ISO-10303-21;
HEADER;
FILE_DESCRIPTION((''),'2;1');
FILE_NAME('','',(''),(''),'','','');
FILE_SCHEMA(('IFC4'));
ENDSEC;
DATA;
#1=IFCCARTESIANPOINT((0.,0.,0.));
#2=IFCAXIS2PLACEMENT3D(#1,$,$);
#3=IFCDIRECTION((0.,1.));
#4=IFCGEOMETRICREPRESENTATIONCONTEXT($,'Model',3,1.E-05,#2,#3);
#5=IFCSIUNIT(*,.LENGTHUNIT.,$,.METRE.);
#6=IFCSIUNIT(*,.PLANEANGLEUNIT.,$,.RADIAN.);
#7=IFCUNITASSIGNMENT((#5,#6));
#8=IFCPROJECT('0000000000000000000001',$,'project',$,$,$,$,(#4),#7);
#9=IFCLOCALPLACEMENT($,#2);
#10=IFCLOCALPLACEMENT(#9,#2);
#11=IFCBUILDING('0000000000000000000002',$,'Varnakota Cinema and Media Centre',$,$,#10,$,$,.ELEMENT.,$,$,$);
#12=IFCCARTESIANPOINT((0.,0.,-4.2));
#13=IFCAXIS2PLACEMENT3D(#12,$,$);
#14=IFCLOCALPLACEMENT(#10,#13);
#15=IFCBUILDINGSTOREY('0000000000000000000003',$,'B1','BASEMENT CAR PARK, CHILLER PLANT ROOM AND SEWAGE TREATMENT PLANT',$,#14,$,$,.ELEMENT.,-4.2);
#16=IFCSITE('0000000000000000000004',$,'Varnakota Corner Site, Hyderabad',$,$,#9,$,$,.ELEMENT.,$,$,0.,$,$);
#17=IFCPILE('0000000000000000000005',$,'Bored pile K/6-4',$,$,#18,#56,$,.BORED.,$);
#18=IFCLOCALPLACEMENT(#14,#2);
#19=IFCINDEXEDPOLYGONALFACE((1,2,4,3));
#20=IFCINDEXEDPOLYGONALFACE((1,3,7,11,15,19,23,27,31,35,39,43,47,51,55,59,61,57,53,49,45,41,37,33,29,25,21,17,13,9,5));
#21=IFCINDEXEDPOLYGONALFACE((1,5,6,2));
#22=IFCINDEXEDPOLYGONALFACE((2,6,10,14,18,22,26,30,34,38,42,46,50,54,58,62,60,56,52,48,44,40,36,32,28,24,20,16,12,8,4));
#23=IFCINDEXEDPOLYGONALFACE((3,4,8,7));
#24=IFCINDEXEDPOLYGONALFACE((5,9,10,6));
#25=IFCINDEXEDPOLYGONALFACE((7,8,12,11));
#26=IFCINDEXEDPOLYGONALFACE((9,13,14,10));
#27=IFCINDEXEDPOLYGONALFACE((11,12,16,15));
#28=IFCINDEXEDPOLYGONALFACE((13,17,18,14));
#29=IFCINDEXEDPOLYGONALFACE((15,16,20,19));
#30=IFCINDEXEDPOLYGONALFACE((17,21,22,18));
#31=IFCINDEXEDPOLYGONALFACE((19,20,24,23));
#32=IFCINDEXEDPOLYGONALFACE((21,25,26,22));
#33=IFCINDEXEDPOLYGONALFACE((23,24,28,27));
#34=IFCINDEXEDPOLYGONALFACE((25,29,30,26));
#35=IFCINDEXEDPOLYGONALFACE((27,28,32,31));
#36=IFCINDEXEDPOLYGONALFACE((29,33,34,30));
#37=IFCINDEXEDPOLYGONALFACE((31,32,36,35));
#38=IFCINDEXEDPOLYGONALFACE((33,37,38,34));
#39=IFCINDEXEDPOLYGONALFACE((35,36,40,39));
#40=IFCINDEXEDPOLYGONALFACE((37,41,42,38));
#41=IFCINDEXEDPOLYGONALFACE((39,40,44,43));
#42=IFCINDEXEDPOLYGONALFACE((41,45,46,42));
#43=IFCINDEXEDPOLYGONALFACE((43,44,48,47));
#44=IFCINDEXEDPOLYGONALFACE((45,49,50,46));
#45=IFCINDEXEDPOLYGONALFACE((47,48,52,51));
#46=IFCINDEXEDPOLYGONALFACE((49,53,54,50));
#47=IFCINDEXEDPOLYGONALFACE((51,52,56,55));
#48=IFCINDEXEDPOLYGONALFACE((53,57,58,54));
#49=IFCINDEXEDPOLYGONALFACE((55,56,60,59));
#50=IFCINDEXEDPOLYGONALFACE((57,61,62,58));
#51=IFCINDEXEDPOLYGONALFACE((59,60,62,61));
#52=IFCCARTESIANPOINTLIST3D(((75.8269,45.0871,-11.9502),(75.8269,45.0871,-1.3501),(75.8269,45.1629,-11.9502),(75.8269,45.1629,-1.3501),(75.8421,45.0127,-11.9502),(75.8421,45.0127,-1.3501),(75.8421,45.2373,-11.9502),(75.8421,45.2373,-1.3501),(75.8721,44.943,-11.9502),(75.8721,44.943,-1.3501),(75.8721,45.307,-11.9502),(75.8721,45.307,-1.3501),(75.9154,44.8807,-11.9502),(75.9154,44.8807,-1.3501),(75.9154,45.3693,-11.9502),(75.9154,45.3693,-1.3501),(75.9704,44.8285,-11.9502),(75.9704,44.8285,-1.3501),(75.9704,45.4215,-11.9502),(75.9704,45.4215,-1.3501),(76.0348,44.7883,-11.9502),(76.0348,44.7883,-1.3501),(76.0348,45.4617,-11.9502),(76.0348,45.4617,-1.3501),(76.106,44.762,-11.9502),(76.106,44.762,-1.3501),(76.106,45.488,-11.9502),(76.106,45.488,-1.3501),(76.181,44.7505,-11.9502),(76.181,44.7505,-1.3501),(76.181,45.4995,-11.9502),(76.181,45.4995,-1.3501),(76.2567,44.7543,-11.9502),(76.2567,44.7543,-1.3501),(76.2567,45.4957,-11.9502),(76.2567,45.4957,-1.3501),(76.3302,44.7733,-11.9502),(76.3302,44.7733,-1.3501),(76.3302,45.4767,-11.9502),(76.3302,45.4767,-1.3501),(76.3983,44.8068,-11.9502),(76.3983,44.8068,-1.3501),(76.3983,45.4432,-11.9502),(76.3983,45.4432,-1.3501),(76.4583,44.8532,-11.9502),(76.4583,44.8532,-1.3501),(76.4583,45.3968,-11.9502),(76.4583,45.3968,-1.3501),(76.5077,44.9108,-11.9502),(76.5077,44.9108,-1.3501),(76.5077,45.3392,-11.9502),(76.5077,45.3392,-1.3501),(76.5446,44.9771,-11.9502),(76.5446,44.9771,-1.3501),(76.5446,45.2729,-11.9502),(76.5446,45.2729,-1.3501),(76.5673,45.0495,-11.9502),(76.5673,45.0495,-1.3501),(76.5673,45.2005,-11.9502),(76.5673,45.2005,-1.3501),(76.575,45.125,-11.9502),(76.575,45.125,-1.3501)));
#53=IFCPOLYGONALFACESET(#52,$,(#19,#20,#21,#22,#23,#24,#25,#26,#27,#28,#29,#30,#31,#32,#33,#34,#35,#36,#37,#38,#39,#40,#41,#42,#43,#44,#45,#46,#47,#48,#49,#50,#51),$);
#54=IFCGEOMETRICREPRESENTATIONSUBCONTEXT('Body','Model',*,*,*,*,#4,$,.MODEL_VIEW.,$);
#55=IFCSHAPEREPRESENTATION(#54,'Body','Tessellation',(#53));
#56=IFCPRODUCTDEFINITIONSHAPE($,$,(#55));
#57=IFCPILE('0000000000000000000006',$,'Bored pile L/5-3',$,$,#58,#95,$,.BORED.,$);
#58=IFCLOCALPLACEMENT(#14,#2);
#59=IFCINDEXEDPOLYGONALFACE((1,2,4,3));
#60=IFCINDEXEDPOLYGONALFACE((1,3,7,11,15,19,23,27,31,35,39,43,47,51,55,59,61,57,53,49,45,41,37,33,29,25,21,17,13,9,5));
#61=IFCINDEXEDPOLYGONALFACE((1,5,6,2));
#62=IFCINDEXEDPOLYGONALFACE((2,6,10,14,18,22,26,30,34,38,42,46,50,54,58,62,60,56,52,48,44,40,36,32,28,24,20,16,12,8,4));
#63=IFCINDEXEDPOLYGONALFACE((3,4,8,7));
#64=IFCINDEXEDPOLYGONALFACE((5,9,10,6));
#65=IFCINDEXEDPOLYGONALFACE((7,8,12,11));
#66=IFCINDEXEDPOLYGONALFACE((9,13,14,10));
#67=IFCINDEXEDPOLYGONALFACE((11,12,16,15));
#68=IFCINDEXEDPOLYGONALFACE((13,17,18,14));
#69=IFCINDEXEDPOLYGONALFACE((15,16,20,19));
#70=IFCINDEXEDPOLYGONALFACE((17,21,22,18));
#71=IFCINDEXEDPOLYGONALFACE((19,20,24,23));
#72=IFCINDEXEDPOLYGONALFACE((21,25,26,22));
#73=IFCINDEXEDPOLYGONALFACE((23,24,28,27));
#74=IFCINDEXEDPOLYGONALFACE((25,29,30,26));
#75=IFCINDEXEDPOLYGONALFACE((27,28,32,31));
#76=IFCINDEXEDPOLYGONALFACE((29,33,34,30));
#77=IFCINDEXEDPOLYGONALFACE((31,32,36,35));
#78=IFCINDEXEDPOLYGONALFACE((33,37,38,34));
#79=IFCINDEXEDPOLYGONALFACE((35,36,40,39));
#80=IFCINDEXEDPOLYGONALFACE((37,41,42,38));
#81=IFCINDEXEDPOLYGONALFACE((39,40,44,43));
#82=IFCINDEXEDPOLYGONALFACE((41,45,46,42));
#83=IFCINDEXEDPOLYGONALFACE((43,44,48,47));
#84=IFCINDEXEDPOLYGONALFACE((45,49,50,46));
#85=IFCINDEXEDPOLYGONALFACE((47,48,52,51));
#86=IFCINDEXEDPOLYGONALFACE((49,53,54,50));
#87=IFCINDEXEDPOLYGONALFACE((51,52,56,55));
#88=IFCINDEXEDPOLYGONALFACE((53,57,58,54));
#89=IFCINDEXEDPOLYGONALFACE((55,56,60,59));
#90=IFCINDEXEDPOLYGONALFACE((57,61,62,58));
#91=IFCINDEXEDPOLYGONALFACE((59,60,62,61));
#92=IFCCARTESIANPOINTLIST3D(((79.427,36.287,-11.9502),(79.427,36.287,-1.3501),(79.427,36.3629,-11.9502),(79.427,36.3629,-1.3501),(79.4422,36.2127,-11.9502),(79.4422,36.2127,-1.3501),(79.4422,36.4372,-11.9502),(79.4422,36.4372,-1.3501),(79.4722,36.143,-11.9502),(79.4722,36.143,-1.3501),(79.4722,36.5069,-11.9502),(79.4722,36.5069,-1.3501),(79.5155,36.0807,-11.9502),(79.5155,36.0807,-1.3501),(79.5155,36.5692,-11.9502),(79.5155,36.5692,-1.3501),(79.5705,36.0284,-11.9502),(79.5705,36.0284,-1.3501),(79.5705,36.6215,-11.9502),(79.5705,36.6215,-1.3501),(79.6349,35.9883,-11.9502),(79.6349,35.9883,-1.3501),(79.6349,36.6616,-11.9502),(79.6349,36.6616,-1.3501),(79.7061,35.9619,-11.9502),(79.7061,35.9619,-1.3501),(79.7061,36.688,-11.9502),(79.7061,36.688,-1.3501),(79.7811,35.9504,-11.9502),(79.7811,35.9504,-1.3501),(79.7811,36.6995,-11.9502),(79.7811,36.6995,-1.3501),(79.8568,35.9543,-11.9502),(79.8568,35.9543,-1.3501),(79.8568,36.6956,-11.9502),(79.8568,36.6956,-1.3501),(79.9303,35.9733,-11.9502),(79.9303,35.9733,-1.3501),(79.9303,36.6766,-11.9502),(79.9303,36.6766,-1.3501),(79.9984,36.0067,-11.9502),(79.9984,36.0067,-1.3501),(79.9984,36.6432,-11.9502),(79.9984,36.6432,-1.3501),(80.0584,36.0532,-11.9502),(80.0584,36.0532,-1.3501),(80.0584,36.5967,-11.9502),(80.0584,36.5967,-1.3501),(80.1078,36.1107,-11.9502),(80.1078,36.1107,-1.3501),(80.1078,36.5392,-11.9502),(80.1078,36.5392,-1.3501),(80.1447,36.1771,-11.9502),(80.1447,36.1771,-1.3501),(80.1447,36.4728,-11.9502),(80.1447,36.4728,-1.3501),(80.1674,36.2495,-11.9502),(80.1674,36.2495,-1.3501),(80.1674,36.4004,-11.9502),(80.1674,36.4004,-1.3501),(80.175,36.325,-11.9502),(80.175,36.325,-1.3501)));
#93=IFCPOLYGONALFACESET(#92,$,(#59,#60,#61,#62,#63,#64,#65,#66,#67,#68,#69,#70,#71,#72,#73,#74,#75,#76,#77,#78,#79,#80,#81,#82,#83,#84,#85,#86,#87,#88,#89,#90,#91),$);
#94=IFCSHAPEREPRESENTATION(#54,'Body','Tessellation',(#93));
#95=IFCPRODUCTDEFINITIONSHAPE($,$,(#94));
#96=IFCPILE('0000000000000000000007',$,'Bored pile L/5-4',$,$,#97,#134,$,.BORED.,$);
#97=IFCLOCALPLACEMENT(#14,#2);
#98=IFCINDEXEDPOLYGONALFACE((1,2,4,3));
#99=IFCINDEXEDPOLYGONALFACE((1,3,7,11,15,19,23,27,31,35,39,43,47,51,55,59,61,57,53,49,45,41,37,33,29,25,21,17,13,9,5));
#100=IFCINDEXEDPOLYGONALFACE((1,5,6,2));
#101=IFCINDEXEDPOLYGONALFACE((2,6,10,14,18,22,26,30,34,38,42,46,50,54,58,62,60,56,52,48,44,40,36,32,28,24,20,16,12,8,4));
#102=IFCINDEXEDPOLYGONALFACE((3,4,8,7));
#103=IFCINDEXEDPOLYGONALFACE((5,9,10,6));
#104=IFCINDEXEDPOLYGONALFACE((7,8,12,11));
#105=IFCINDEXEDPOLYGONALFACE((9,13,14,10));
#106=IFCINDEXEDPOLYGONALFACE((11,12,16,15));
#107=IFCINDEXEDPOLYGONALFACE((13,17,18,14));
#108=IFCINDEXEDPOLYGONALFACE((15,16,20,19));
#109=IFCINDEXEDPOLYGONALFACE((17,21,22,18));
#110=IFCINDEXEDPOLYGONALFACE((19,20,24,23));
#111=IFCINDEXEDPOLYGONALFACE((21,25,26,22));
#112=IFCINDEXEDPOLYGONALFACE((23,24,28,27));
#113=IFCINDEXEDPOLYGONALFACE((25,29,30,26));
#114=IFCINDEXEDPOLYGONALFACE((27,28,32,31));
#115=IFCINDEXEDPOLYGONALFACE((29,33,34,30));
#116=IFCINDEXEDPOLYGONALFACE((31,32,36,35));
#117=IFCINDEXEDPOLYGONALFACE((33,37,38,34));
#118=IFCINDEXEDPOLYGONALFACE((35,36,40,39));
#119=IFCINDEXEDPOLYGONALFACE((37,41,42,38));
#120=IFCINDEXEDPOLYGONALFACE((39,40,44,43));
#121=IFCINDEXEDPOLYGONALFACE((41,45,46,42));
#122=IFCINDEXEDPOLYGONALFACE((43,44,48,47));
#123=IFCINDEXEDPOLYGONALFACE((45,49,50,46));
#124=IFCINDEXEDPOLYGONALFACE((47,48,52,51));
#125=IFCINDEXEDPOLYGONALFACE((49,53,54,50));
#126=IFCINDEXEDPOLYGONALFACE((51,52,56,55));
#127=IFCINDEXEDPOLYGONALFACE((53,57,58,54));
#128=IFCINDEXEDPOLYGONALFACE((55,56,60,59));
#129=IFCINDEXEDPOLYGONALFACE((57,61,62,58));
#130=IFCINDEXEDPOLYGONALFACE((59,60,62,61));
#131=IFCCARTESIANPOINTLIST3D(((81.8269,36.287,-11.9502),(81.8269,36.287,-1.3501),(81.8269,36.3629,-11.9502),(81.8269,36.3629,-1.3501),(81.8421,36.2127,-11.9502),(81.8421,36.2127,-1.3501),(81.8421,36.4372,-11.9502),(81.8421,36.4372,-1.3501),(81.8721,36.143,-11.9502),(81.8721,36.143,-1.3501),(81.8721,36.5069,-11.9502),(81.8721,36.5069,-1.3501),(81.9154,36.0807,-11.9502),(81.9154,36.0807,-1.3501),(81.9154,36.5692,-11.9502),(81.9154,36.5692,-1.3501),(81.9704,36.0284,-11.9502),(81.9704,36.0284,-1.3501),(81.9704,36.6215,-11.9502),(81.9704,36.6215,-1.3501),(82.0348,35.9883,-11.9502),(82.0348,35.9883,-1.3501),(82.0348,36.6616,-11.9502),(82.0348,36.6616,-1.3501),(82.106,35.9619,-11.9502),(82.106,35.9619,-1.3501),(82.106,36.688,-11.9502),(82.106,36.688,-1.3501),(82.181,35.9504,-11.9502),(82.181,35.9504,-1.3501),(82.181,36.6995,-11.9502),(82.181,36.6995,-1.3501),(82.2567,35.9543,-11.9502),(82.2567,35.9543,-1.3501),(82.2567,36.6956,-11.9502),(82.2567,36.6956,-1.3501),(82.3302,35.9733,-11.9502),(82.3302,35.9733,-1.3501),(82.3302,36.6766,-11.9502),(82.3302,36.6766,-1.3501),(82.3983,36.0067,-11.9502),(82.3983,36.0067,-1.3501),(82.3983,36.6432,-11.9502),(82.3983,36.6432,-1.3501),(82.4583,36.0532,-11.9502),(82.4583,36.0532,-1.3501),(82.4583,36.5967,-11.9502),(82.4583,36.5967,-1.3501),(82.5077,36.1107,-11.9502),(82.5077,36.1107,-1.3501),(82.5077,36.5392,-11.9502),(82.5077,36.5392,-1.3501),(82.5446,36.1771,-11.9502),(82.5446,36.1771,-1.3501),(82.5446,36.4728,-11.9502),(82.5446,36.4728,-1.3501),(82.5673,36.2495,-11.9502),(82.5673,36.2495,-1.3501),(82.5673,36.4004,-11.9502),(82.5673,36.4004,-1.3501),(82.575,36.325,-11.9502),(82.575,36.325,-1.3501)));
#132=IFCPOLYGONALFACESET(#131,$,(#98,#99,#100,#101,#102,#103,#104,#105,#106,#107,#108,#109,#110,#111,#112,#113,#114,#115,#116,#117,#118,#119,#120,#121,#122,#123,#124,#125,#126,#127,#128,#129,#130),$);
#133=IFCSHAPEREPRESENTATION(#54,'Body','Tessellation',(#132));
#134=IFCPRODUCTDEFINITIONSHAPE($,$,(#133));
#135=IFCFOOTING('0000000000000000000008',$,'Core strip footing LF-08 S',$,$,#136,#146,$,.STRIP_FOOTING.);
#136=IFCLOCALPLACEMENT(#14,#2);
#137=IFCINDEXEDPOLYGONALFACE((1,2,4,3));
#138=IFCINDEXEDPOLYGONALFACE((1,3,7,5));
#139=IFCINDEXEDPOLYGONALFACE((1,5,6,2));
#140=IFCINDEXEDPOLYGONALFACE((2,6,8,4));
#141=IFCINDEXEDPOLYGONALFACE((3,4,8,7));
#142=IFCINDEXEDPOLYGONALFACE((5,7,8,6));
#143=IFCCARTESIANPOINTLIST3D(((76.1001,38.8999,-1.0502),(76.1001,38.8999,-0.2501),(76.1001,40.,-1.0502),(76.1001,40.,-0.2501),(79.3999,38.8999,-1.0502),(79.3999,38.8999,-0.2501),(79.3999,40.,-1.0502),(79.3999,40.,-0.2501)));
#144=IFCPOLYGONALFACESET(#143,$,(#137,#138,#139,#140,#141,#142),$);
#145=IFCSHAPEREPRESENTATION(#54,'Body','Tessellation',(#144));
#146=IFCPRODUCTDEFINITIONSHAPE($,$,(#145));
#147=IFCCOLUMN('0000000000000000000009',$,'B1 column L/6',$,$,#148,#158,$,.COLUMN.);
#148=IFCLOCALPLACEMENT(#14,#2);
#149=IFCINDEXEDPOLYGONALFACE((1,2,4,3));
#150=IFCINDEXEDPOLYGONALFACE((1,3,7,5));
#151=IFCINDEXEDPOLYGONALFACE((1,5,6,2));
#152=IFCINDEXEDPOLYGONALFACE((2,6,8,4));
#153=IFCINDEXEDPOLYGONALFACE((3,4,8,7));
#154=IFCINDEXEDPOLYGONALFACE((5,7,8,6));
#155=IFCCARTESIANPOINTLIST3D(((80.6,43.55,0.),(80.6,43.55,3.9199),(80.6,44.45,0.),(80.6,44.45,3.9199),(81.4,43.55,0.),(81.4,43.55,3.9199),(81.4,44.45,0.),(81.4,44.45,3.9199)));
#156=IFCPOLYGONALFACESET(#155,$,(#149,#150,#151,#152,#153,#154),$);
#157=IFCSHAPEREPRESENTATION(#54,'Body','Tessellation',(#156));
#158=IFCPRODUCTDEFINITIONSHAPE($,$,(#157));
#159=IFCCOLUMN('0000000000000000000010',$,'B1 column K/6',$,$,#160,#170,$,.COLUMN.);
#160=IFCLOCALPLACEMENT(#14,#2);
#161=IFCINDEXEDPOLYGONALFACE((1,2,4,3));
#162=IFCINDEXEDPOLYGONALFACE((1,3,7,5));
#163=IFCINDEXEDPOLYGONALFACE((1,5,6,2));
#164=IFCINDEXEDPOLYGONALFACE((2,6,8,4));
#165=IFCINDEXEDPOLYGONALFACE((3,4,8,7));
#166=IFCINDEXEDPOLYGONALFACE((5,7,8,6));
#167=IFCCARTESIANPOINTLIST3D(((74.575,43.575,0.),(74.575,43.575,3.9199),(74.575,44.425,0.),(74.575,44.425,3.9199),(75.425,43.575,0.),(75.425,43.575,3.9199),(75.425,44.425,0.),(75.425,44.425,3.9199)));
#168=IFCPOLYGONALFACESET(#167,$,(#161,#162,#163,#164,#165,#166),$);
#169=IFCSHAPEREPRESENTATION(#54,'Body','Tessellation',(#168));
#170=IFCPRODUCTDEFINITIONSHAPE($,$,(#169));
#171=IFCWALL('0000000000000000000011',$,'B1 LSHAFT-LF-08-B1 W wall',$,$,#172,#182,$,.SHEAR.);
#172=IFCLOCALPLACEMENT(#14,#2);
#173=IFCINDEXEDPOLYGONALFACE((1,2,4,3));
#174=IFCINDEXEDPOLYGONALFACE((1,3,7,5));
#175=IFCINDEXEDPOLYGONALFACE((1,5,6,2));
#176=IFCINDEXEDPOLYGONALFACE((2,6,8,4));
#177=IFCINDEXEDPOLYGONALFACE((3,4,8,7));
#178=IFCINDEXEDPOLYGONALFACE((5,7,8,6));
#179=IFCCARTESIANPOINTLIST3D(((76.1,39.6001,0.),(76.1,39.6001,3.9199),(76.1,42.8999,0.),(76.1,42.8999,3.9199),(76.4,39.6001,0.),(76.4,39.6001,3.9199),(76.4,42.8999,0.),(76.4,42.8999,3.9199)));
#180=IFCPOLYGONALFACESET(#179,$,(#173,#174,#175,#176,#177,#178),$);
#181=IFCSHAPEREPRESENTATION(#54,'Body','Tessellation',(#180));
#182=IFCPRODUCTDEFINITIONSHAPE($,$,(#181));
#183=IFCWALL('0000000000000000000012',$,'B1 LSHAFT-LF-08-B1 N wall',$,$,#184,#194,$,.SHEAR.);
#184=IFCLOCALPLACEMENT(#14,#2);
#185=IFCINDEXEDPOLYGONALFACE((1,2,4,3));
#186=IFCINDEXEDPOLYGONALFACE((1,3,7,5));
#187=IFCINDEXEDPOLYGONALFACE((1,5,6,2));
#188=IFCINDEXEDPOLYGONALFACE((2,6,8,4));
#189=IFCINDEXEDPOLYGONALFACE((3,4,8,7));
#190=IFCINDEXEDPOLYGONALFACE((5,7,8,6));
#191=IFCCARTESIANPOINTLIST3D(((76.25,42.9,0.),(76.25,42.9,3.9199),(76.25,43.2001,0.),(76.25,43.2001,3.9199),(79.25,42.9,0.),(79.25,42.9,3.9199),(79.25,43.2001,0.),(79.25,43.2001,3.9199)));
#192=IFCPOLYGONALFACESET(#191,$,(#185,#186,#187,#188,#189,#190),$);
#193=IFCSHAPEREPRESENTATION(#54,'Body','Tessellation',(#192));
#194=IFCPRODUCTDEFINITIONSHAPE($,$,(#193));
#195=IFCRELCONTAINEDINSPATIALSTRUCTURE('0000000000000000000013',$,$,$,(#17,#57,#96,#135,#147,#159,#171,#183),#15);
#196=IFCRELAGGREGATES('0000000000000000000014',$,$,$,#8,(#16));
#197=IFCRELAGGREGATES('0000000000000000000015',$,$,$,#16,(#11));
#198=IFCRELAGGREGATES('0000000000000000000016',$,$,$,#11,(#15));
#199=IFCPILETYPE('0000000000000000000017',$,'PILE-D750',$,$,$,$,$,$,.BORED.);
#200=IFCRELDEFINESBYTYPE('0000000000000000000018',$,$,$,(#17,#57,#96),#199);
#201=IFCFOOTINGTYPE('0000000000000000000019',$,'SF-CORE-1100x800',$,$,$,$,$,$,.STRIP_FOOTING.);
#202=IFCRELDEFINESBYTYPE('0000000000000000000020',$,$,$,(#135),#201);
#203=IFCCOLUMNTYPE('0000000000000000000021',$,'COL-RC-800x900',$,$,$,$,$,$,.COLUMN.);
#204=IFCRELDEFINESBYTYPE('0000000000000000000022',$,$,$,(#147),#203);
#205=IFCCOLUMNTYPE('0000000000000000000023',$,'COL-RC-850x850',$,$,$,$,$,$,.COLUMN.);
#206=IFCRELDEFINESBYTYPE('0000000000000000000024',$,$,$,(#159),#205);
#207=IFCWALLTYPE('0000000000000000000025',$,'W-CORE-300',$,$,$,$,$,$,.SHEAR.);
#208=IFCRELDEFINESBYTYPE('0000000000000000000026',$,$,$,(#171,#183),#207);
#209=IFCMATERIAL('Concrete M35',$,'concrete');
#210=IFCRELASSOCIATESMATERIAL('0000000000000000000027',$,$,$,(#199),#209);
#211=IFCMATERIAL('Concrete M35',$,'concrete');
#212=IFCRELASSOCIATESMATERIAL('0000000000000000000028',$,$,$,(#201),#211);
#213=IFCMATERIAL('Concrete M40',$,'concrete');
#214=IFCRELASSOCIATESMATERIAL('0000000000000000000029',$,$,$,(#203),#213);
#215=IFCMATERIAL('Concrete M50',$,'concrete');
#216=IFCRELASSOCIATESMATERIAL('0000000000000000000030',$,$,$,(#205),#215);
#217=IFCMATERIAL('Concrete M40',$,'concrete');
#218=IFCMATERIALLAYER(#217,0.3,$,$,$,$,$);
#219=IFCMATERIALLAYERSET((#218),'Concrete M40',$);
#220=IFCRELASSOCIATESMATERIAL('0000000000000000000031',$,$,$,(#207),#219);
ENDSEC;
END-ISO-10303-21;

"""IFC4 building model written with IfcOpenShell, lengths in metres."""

from ifc_helpers import new_model, si_unit, direction, frame, frame_2d, origin, origin_2d, place, context, subcontext, project, spatial, rectangle, circle, extrude, material, layer, layer_set, material_profile, profile_set, type_object, element, save


model = new_model("IFC4")

# Units and contexts
model_context = context("Model", 3, precision=1e-05, world=origin(), true_north=direction((0.0, 1.0)))
body_context = subcontext(model_context, "Body", "Model", "MODEL_VIEW")
ifc_project = project(units=[si_unit("LENGTHUNIT", "METRE"), si_unit("PLANEANGLEUNIT", "RADIAN")], contexts=[model_context])

# Site, building, storey
site_placement = place(None, origin())
site = spatial("IfcSite", under=ifc_project, at=site_placement, Name="Varnakota Corner Site, Hyderabad", CompositionType="ELEMENT", RefElevation=0.0)
building_placement = place(site_placement, origin())
building = spatial("IfcBuilding", under=site, at=building_placement, Name="Varnakota Cinema and Media Centre", CompositionType="ELEMENT")
storey_placement = place(building_placement, frame((0.0, 0.0, -4.2)))
storey = spatial("IfcBuildingStorey", under=building, at=storey_placement, Name="B1", Description="BASEMENT CAR PARK, CHILLER PLANT ROOM AND SEWAGE TREATMENT PLANT", CompositionType="ELEMENT", Elevation=-4.2)

# Piles
ifc_material_1 = material(Name="Concrete M35", Category="concrete")
ifc_material_profile_1 = material_profile(ifc_material_1, circle(Radius=0.375, at=origin_2d()), Name="PILE D750")
ifc_profile_set_1 = profile_set([ifc_material_profile_1], Name="Concrete M35")
pile_type_1 = type_object("IfcPileType", Name="PILE-D750", PredefinedType="BORED", material=ifc_profile_set_1)
for number, where, z_axis, x_axis, name in (
    (1, (76.2, 45.125, -1.3501), (0.0, 0.0, -1.0), (1.0, 0.0, 0.0), "Bored pile K/6-4"),
    (2, (79.8, 36.325, -1.3501), (0.0, 0.0, -1.0), (1.0, 0.0, 0.0), "Bored pile L/5-3"),
    (3, (82.2, 36.325, -1.3501), (0.0, 0.0, -1.0), (1.0, 0.0, 0.0), "Bored pile L/5-4"),
):
    element("IfcPile", number, at=place(storey_placement, frame(where, z_axis=z_axis, x_axis=x_axis)), inside=storey, type_object=pile_type_1, Name=name, PredefinedType="BORED", context=body_context, shape_type="SweptSolid", body=[
        extrude(circle(Radius=0.375, at=origin_2d()), origin(), (0.0, 0.0, 1.0), 10.6001),
    ])

# Footing
ifc_material_2 = material(Name="Concrete M35", Category="concrete")
ifc_material_profile_2 = material_profile(ifc_material_2, rectangle(XDim=1.1001, YDim=0.8, at=origin_2d()), Name="SF 1100x800")
ifc_profile_set_2 = profile_set([ifc_material_profile_2], Name="Concrete M35")
footing_type_1 = type_object("IfcFootingType", Name="SF-CORE-1100x800", PredefinedType="STRIP_FOOTING", material=ifc_profile_set_2)
footing_1_placement = place(storey_placement, frame((76.1001, 39.45, -0.6501), z_axis=(1.0, 0.0, 0.0), x_axis=(0.0, 1.0, 0.0)))
element("IfcFooting", 4, at=footing_1_placement, inside=storey, type_object=footing_type_1, Name="Core strip footing LF-08 S", PredefinedType="STRIP_FOOTING", context=body_context, shape_type="SweptSolid", body=[
    extrude(rectangle(XDim=1.1001, YDim=0.8, at=origin_2d()), origin(), (0.0, 0.0, 1.0), 3.2998),
])

# Columns
ifc_material_3 = material(Name="Concrete M40", Category="concrete")
ifc_material_profile_3 = material_profile(ifc_material_3, rectangle(XDim=0.8, YDim=0.8999, at=origin_2d()), Name="RC 800x900")
ifc_profile_set_3 = profile_set([ifc_material_profile_3], Name="Concrete M40")
column_type_1 = type_object("IfcColumnType", Name="COL-RC-800x900", PredefinedType="COLUMN", material=ifc_profile_set_3)
column_1_placement = place(storey_placement, frame((81.0, 44.0, 0.0), z_axis=(0.0, 0.0, 1.0), x_axis=(1.0, 0.0, 0.0)))
element("IfcColumn", 5, at=column_1_placement, inside=storey, type_object=column_type_1, Name="B1 column L/6", PredefinedType="COLUMN", context=body_context, shape_type="SweptSolid", body=[
    extrude(rectangle(XDim=0.8, YDim=0.8999, at=origin_2d()), origin(), (0.0, 0.0, 1.0), 3.9199),
])
ifc_material_4 = material(Name="Concrete M50", Category="concrete")
ifc_material_profile_4 = material_profile(ifc_material_4, rectangle(XDim=0.8501, YDim=0.8501, at=origin_2d()), Name="RC 850x850")
ifc_profile_set_4 = profile_set([ifc_material_profile_4], Name="Concrete M50")
column_type_2 = type_object("IfcColumnType", Name="COL-RC-850x850", PredefinedType="COLUMN", material=ifc_profile_set_4)
column_2_placement = place(storey_placement, frame((75.0, 44.0, 0.0), z_axis=(0.0, 0.0, 1.0), x_axis=(1.0, 0.0, 0.0)))
element("IfcColumn", 6, at=column_2_placement, inside=storey, type_object=column_type_2, Name="B1 column K/6", PredefinedType="COLUMN", context=body_context, shape_type="SweptSolid", body=[
    extrude(rectangle(XDim=0.8501, YDim=0.8501, at=origin_2d()), origin(), (0.0, 0.0, 1.0), 3.9199),
])

# Shared definitions
ifc_material_5 = material(Name="Concrete M40", Category="concrete")
ifc_layer_1 = layer(ifc_material_5, 0.3)
ifc_layer_set_1 = layer_set([ifc_layer_1], Name="Concrete M40")
wall_type_1 = type_object("IfcWallType", Name="W-CORE-300", PredefinedType="SHEAR", material=ifc_layer_set_1)

# Walls
wall_1_placement = place(storey_placement, frame((76.25, 39.6001, 0.0), z_axis=(0.0, 0.0, 1.0), x_axis=(0.0, 1.0, 0.0)))
element("IfcWall", 7, at=wall_1_placement, inside=storey, type_object=wall_type_1, Name="B1 LSHAFT-LF-08-B1 W wall", PredefinedType="SHEAR", context=body_context, shape_type="SweptSolid", body=[
    extrude(rectangle(XDim=3.2998, YDim=0.3, at=frame_2d((1.6499, 0.0))), origin(), (0.0, 0.0, 1.0), 3.9199),
])
wall_2_placement = place(storey_placement, frame((76.25, 43.05, 0.0), z_axis=(0.0, 0.0, 1.0), x_axis=(1.0, 0.0, 0.0)))
element("IfcWall", 8, at=wall_2_placement, inside=storey, type_object=wall_type_1, Name="B1 LSHAFT-LF-08-B1 N wall", PredefinedType="SHEAR", context=body_context, shape_type="SweptSolid", body=[
    extrude(rectangle(XDim=3.0, YDim=0.3, at=frame_2d((1.5, 0.0))), origin(), (0.0, 0.0, 1.0), 3.9199),
])

save(model, "model.ifc")
